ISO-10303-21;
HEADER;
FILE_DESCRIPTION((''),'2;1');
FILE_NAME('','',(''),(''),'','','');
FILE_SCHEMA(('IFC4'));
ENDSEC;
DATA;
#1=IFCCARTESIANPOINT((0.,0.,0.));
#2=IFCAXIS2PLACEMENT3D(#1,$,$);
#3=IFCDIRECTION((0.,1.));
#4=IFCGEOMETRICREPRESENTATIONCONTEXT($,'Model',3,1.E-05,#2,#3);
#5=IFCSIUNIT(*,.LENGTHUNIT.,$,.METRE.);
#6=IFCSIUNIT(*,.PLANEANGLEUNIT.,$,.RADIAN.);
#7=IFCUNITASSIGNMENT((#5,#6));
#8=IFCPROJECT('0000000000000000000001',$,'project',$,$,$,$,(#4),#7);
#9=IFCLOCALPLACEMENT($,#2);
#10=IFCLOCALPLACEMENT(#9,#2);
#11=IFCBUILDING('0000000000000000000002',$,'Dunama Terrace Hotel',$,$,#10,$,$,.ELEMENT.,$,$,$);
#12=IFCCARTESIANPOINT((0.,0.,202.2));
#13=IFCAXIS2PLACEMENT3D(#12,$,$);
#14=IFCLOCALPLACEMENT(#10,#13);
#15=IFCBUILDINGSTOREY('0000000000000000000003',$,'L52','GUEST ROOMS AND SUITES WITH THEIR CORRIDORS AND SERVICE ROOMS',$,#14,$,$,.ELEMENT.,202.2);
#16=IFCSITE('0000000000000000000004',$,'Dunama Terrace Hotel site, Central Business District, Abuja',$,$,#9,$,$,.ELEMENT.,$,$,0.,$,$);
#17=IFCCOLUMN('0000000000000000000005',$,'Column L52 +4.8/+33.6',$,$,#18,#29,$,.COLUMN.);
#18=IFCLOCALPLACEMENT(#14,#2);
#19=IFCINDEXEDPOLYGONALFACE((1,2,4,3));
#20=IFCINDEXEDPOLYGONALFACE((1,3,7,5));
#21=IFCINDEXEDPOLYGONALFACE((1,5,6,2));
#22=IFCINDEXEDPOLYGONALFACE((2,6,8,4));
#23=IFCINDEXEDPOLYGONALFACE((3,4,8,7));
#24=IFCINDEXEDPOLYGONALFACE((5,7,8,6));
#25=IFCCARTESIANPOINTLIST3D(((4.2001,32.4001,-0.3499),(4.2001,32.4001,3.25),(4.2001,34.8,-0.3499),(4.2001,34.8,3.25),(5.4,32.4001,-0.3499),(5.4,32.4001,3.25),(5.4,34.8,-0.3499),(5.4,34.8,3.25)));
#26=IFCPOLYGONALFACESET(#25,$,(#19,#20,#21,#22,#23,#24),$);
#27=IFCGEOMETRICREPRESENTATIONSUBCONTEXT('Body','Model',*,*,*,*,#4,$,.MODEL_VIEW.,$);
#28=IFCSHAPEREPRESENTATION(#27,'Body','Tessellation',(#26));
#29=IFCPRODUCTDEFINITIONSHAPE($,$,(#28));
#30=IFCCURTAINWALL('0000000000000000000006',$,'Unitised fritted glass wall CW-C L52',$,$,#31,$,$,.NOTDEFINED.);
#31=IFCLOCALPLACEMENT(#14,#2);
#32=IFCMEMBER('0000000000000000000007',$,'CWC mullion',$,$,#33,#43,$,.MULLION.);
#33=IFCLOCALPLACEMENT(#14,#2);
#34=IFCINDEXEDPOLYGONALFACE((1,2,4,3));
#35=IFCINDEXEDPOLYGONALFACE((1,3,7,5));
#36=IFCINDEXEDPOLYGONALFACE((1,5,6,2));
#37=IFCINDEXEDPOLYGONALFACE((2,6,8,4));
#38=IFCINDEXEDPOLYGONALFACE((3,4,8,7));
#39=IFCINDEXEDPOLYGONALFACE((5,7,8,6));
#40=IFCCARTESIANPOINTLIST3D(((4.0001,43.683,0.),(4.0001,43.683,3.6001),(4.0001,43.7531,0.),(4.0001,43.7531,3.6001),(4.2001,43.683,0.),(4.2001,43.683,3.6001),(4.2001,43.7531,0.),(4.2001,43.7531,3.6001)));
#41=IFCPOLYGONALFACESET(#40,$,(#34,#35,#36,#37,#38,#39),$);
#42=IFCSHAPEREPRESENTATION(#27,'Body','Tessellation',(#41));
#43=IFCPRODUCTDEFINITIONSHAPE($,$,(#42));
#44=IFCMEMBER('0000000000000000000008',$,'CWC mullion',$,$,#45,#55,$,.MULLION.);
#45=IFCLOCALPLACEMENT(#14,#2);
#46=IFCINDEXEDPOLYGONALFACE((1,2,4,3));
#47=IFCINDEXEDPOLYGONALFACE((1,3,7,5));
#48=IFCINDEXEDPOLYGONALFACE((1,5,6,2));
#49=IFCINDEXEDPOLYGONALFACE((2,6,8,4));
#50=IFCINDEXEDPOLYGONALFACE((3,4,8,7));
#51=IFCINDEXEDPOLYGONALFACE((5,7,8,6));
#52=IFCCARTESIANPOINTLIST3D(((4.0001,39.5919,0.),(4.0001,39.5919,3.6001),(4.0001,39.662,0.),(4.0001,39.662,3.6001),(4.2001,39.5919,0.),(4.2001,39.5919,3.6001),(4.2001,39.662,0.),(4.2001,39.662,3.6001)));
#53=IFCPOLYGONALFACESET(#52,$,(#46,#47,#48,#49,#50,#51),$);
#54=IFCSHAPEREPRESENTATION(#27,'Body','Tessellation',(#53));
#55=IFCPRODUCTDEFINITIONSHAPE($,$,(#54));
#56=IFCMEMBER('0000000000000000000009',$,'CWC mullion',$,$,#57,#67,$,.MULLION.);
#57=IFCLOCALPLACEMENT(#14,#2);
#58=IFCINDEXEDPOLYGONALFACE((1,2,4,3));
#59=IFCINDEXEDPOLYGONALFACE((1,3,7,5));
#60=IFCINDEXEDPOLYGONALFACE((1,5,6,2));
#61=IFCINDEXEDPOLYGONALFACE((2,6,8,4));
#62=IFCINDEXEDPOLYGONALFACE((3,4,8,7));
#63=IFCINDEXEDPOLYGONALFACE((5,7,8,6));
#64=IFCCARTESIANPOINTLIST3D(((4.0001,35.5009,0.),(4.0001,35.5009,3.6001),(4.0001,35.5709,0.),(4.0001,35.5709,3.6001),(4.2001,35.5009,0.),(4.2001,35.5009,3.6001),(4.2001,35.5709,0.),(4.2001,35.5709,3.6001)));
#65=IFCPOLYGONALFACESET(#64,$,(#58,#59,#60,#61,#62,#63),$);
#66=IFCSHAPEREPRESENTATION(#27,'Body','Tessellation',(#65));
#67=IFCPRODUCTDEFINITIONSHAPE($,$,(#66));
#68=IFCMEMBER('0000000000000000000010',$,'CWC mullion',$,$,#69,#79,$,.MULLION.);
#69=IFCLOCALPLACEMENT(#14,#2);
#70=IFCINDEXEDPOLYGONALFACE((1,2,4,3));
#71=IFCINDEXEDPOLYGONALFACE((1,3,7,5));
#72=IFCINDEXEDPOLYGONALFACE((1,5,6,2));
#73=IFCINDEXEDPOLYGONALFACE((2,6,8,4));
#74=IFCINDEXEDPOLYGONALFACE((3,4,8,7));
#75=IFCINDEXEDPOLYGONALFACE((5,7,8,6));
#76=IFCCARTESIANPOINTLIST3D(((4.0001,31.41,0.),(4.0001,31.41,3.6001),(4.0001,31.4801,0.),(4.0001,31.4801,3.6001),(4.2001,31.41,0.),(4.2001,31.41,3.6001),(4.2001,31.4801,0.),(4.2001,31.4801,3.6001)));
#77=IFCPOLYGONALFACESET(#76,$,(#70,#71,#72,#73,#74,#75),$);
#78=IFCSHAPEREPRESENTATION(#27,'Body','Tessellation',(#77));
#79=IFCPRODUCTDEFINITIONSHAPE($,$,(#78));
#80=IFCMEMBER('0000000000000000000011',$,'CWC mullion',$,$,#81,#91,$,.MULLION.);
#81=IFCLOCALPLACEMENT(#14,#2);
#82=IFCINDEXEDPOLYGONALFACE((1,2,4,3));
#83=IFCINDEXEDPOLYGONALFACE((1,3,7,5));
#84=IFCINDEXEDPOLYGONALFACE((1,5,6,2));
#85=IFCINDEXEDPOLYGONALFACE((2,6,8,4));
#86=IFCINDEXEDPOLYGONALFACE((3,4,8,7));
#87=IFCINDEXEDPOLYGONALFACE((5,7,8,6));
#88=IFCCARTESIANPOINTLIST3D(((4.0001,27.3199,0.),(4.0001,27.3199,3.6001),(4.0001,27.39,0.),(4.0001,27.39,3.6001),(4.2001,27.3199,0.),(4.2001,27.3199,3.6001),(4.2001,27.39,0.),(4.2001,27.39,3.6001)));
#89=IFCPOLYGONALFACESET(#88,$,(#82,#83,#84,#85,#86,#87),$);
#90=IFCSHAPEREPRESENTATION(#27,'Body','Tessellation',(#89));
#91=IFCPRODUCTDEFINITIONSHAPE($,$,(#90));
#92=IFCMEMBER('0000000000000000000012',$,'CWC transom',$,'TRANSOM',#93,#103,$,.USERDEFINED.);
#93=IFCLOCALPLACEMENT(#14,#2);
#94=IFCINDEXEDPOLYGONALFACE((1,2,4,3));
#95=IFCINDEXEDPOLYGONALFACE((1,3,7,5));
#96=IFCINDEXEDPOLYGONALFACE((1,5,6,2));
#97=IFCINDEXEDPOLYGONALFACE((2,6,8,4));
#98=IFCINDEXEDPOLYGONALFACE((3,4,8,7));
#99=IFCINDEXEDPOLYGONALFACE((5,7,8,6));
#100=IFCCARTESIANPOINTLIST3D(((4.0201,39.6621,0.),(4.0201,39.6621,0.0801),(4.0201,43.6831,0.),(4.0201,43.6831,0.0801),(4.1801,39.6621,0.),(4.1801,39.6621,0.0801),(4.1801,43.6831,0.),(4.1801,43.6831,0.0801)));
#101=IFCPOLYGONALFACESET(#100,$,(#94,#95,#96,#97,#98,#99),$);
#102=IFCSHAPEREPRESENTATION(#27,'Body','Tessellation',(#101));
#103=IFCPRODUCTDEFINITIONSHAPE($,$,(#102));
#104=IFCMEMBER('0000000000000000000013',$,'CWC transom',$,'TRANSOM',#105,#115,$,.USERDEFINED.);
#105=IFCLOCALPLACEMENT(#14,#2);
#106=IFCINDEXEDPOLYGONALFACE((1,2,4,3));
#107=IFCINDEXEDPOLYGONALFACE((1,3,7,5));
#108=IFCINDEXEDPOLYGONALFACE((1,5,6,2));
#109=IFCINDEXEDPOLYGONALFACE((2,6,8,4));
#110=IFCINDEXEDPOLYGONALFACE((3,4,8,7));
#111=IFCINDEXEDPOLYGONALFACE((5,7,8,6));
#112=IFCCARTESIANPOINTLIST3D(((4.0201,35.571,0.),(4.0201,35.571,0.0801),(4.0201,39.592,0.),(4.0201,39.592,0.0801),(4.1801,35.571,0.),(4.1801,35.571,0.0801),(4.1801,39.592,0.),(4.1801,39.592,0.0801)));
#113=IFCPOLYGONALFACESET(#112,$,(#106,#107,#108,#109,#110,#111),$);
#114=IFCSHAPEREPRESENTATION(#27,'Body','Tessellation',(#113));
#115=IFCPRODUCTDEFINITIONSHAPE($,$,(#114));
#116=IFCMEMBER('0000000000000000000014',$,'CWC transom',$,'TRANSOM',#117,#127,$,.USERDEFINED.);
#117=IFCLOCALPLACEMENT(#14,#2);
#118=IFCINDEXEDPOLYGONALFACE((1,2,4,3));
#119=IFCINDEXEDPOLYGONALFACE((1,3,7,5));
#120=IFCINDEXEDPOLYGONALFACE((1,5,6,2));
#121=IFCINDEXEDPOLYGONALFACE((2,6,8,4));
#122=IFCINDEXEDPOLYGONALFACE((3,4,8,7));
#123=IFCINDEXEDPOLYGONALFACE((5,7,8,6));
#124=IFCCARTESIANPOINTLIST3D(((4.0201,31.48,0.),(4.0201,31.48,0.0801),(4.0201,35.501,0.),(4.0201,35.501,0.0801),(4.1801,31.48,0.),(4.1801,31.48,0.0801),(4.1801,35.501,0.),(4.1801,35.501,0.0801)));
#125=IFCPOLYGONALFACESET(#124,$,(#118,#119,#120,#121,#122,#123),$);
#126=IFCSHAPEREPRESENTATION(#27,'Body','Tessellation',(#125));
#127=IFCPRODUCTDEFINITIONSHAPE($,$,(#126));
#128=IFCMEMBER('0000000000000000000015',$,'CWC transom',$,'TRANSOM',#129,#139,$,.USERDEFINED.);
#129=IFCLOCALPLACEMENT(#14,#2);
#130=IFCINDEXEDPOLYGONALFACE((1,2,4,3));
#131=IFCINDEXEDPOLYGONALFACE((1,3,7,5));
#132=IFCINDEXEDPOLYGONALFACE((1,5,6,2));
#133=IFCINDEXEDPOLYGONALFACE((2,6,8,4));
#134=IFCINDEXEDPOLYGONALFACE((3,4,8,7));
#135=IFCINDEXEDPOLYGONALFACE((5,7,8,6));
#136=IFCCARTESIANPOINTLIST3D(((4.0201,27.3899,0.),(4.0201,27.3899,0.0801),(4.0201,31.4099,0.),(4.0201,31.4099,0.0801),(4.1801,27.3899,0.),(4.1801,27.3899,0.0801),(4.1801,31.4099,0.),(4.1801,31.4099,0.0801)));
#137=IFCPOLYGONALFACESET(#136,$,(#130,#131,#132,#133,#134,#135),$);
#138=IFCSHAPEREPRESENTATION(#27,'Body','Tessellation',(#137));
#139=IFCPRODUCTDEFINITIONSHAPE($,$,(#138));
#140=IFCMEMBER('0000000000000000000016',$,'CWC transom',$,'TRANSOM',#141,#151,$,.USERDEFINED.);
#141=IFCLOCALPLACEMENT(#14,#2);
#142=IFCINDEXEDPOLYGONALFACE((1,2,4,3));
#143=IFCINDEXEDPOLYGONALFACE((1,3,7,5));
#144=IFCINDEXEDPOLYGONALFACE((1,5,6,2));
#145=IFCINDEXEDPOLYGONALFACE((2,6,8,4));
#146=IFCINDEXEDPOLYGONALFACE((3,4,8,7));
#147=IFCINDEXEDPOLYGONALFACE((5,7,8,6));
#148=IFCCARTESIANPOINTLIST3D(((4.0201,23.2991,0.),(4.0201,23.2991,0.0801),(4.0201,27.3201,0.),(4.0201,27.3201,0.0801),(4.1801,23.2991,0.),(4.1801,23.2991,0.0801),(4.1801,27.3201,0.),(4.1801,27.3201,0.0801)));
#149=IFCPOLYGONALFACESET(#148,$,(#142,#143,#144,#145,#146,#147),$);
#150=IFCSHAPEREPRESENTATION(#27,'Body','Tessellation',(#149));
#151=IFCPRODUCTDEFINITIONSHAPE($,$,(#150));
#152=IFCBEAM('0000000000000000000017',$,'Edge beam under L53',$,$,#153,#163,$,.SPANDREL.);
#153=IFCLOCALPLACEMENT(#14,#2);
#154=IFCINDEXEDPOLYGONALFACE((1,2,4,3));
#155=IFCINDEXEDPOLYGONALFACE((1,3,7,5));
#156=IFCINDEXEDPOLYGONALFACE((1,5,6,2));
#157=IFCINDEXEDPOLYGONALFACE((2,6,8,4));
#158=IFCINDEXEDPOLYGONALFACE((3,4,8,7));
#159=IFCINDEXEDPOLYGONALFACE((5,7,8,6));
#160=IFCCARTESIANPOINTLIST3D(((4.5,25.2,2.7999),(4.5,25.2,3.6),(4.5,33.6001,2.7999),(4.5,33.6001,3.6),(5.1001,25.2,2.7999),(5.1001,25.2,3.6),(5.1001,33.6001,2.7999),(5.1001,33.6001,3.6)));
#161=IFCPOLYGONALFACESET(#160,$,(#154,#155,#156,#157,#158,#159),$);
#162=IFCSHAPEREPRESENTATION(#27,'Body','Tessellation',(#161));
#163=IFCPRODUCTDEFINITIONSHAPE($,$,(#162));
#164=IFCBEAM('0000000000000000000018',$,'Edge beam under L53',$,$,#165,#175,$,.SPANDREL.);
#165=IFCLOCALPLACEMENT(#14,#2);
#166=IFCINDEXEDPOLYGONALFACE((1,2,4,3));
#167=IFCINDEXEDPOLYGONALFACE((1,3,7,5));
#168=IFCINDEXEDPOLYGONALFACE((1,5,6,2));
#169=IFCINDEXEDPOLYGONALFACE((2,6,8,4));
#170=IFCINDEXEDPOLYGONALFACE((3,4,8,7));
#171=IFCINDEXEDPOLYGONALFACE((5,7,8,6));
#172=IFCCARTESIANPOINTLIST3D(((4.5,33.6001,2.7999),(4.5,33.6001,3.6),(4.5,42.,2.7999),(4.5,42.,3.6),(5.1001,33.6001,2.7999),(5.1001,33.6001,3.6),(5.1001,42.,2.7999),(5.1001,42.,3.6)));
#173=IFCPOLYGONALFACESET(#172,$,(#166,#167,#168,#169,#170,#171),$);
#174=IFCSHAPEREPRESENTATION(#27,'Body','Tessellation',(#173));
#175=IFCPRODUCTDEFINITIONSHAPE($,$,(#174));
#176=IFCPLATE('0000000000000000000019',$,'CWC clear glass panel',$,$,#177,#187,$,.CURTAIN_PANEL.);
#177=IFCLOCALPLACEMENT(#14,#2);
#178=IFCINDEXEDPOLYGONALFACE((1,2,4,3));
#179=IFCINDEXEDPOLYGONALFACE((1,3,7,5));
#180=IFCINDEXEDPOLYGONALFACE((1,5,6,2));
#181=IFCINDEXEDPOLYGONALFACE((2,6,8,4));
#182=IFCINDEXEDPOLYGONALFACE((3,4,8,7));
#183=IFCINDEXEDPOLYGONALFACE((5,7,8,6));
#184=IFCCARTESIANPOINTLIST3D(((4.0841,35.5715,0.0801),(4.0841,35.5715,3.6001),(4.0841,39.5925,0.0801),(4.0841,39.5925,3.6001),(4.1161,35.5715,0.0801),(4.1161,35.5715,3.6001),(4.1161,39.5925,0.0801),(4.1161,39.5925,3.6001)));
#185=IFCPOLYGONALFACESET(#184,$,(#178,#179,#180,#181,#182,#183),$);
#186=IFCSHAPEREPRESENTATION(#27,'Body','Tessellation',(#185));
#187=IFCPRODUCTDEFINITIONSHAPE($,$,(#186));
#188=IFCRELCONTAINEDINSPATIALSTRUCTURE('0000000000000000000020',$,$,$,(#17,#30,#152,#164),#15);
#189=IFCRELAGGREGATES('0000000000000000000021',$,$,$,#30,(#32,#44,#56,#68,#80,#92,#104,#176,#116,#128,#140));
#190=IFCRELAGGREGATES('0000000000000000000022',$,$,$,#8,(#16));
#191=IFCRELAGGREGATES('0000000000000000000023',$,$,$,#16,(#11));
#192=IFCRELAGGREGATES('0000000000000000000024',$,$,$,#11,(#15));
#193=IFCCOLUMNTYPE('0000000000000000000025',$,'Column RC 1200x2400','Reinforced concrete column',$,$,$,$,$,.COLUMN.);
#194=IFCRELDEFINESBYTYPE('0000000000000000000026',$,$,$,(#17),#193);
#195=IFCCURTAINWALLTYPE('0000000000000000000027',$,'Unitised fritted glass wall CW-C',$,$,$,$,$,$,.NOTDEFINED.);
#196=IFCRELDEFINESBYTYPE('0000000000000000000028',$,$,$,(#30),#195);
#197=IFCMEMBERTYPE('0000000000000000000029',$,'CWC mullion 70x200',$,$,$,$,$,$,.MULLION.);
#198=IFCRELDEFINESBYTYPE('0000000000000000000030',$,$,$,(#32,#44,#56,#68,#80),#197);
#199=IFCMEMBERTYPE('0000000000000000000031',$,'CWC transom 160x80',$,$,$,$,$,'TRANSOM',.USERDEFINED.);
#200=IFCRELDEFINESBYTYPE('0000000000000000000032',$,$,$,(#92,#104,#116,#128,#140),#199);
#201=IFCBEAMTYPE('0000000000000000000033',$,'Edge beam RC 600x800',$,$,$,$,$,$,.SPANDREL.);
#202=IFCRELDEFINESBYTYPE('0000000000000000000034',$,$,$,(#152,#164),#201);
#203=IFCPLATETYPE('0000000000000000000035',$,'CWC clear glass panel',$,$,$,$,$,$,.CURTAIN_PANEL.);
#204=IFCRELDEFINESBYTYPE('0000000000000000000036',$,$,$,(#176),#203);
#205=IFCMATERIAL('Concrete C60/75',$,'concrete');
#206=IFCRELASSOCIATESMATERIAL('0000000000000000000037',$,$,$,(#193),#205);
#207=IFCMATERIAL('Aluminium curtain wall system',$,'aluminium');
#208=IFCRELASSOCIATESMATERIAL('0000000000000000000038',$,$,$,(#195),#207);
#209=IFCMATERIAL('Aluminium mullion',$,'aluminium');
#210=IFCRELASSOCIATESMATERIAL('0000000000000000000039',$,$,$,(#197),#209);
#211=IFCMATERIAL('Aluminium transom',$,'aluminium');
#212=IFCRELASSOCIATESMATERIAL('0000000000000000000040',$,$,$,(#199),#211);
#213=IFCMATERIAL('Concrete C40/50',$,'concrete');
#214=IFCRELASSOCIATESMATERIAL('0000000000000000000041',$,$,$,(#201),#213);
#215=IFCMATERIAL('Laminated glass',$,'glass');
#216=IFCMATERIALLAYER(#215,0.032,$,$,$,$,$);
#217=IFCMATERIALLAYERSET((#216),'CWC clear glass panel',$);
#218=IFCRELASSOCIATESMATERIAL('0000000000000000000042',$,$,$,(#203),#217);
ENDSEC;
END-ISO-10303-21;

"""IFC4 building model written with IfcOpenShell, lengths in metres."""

from ifc_helpers import new_model, si_unit, direction, frame, origin, origin_2d, place, context, subcontext, project, spatial, rectangle, extrude, material, layer, layer_set, material_profile, profile_set, type_object, element, aggregate, save


model = new_model("IFC4")

# Units and contexts
model_context = context("Model", 3, precision=1e-05, world=origin(), true_north=direction((0.0, 1.0)))
body_context = subcontext(model_context, "Body", "Model", "MODEL_VIEW")
ifc_project = project(units=[si_unit("LENGTHUNIT", "METRE"), si_unit("PLANEANGLEUNIT", "RADIAN")], contexts=[model_context])

# Site, building, storey
site_placement = place(None, origin())
site = spatial("IfcSite", under=ifc_project, at=site_placement, Name="Dunama Terrace Hotel site, Central Business District, Abuja", CompositionType="ELEMENT", RefElevation=0.0)
building_placement = place(site_placement, origin())
building = spatial("IfcBuilding", under=site, at=building_placement, Name="Dunama Terrace Hotel", CompositionType="ELEMENT")
storey_placement = place(building_placement, frame((0.0, 0.0, 202.2)))
storey = spatial("IfcBuildingStorey", under=building, at=storey_placement, Name="L52", Description="GUEST ROOMS AND SUITES WITH THEIR CORRIDORS AND SERVICE ROOMS", CompositionType="ELEMENT", Elevation=202.2)

# Column
ifc_material_1 = material(Name="Concrete C60/75", Category="concrete")
ifc_material_profile_1 = material_profile(ifc_material_1, rectangle(XDim=1.2, YDim=2.3999, at=origin_2d()), Name="RC 1200x2400")
ifc_profile_set_1 = profile_set([ifc_material_profile_1], Name="Concrete C60/75")
column_type = type_object("IfcColumnType", Name="Column RC 1200x2400", Description="Reinforced concrete column", PredefinedType="COLUMN", material=ifc_profile_set_1)
column_placement = place(storey_placement, frame((4.8, 33.6001, -0.3499), z_axis=(0.0, 0.0, 1.0), x_axis=(1.0, 0.0, 0.0)))
element("IfcColumn", 1, at=column_placement, inside=storey, type_object=column_type, Name="Column L52 +4.8/+33.6", PredefinedType="COLUMN", context=body_context, shape_type="SweptSolid", body=[
    extrude(rectangle(XDim=1.2, YDim=2.3999, at=origin_2d()), origin(), (0.0, 0.0, 1.0), 3.5999),
])

# Curtain wall, members
ifc_material_2 = material(Name="Aluminium curtain wall system", Category="aluminium")
curtain_wall_type = type_object("IfcCurtainWallType", Name="Unitised fritted glass wall CW-C", PredefinedType="NOTDEFINED", material=ifc_material_2)
curtain_wall_placement = place(storey_placement, origin())
curtain_wall = element("IfcCurtainWall", 2, at=curtain_wall_placement, inside=storey, type_object=curtain_wall_type, Name="Unitised fritted glass wall CW-C L52", PredefinedType="NOTDEFINED")
ifc_material_3 = material(Name="Aluminium mullion", Category="aluminium")
ifc_material_profile_2 = material_profile(ifc_material_3, rectangle(XDim=0.0701, YDim=0.2, at=origin_2d()), Name="CWC MULLION 70X200")
ifc_profile_set_2 = profile_set([ifc_material_profile_2], Name="Aluminium mullion")
member_type_1 = type_object("IfcMemberType", Name="CWC mullion 70x200", PredefinedType="MULLION", material=ifc_profile_set_2)
member_1_placement = place(storey_placement, frame((4.1001, 43.718, 0.0), z_axis=(0.0, 0.0, 1.0), x_axis=(0.0, -1.0, 0.0)))
member_1 = element("IfcMember", 3, at=member_1_placement, type_object=member_type_1, Name="CWC mullion", PredefinedType="MULLION", context=body_context, shape_type="SweptSolid", body=[
    extrude(rectangle(XDim=0.0701, YDim=0.2, at=origin_2d()), origin(), (0.0, 0.0, 1.0), 3.6001),
])
member_2_placement = place(storey_placement, frame((4.1001, 39.627, 0.0), z_axis=(0.0, 0.0, 1.0), x_axis=(0.0, -1.0, 0.0)))
member_2 = element("IfcMember", 4, at=member_2_placement, type_object=member_type_1, Name="CWC mullion", PredefinedType="MULLION", context=body_context, shape_type="SweptSolid", body=[
    extrude(rectangle(XDim=0.0701, YDim=0.2, at=origin_2d()), origin(), (0.0, 0.0, 1.0), 3.6001),
])
member_3_placement = place(storey_placement, frame((4.1001, 35.5359, 0.0), z_axis=(0.0, 0.0, 1.0), x_axis=(0.0, -1.0, 0.0)))
member_3 = element("IfcMember", 5, at=member_3_placement, type_object=member_type_1, Name="CWC mullion", PredefinedType="MULLION", context=body_context, shape_type="SweptSolid", body=[
    extrude(rectangle(XDim=0.0701, YDim=0.2, at=origin_2d()), origin(), (0.0, 0.0, 1.0), 3.6001),
])
member_4_placement = place(storey_placement, frame((4.1001, 31.4451, 0.0), z_axis=(0.0, 0.0, 1.0), x_axis=(0.0, -1.0, 0.0)))
member_4 = element("IfcMember", 6, at=member_4_placement, type_object=member_type_1, Name="CWC mullion", PredefinedType="MULLION", context=body_context, shape_type="SweptSolid", body=[
    extrude(rectangle(XDim=0.0701, YDim=0.2, at=origin_2d()), origin(), (0.0, 0.0, 1.0), 3.6001),
])
member_5_placement = place(storey_placement, frame((4.1001, 27.355, 0.0), z_axis=(0.0, 0.0, 1.0), x_axis=(0.0, -1.0, 0.0)))
member_5 = element("IfcMember", 7, at=member_5_placement, type_object=member_type_1, Name="CWC mullion", PredefinedType="MULLION", context=body_context, shape_type="SweptSolid", body=[
    extrude(rectangle(XDim=0.0701, YDim=0.2, at=origin_2d()), origin(), (0.0, 0.0, 1.0), 3.6001),
])
ifc_material_4 = material(Name="Aluminium transom", Category="aluminium")
ifc_material_profile_3 = material_profile(ifc_material_4, rectangle(XDim=0.1599, YDim=0.0801, at=origin_2d()), Name="CWC TRANSOM 160X80")
ifc_profile_set_3 = profile_set([ifc_material_profile_3], Name="Aluminium transom")
member_type_2 = type_object("IfcMemberType", Name="CWC transom 160x80", ElementType="TRANSOM", PredefinedType="USERDEFINED", material=ifc_profile_set_3)
member_6_placement = place(storey_placement, frame((4.1001, 43.6831, 0.04), z_axis=(0.0, -1.0, 0.0), x_axis=(1.0, 0.0, 0.0)))
member_6 = element("IfcMember", 8, at=member_6_placement, type_object=member_type_2, Name="CWC transom", ObjectType="TRANSOM", PredefinedType="USERDEFINED", context=body_context, shape_type="SweptSolid", body=[
    extrude(rectangle(XDim=0.1599, YDim=0.0801, at=origin_2d()), origin(), (0.0, 0.0, 1.0), 4.021),
])
member_7_placement = place(storey_placement, frame((4.1001, 39.592, 0.04), z_axis=(0.0, -1.0, 0.0), x_axis=(1.0, 0.0, 0.0)))
member_7 = element("IfcMember", 9, at=member_7_placement, type_object=member_type_2, Name="CWC transom", ObjectType="TRANSOM", PredefinedType="USERDEFINED", context=body_context, shape_type="SweptSolid", body=[
    extrude(rectangle(XDim=0.1599, YDim=0.0801, at=origin_2d()), origin(), (0.0, 0.0, 1.0), 4.021),
])
member_8_placement = place(storey_placement, frame((4.1001, 35.501, 0.04), z_axis=(0.0, -1.0, 0.0), x_axis=(1.0, 0.0, 0.0)))
member_8 = element("IfcMember", 10, at=member_8_placement, type_object=member_type_2, Name="CWC transom", ObjectType="TRANSOM", PredefinedType="USERDEFINED", context=body_context, shape_type="SweptSolid", body=[
    extrude(rectangle(XDim=0.1599, YDim=0.0801, at=origin_2d()), origin(), (0.0, 0.0, 1.0), 4.021),
])
member_9_placement = place(storey_placement, frame((4.1001, 31.4099, 0.04), z_axis=(0.0, -1.0, 0.0), x_axis=(1.0, 0.0, 0.0)))
member_9 = element("IfcMember", 11, at=member_9_placement, type_object=member_type_2, Name="CWC transom", ObjectType="TRANSOM", PredefinedType="USERDEFINED", context=body_context, shape_type="SweptSolid", body=[
    extrude(rectangle(XDim=0.1599, YDim=0.0801, at=origin_2d()), origin(), (0.0, 0.0, 1.0), 4.02),
])
member_10_placement = place(storey_placement, frame((4.1001, 27.3201, 0.04), z_axis=(0.0, -1.0, 0.0), x_axis=(1.0, 0.0, 0.0)))
member_10 = element("IfcMember", 12, at=member_10_placement, type_object=member_type_2, Name="CWC transom", ObjectType="TRANSOM", PredefinedType="USERDEFINED", context=body_context, shape_type="SweptSolid", body=[
    extrude(rectangle(XDim=0.1599, YDim=0.0801, at=origin_2d()), origin(), (0.0, 0.0, 1.0), 4.021),
])

# Beams
ifc_material_5 = material(Name="Concrete C40/50", Category="concrete")
ifc_material_profile_4 = material_profile(ifc_material_5, rectangle(XDim=0.6001, YDim=0.8, at=origin_2d()), Name="RC 600x800")
ifc_profile_set_4 = profile_set([ifc_material_profile_4], Name="Concrete C40/50")
beam_type = type_object("IfcBeamType", Name="Edge beam RC 600x800", PredefinedType="SPANDREL", material=ifc_profile_set_4)
beam_1_placement = place(storey_placement, frame((4.8, 25.2, 3.2), z_axis=(0.0, 1.0, 0.0), x_axis=(-1.0, 0.0, 0.0)))
element("IfcBeam", 13, at=beam_1_placement, inside=storey, type_object=beam_type, Name="Edge beam under L53", PredefinedType="SPANDREL", context=body_context, shape_type="SweptSolid", body=[
    extrude(rectangle(XDim=0.6001, YDim=0.8, at=origin_2d()), origin(), (0.0, 0.0, 1.0), 8.4001),
])
beam_2_placement = place(storey_placement, frame((4.8, 33.6001, 3.2), z_axis=(0.0, 1.0, 0.0), x_axis=(-1.0, 0.0, 0.0)))
element("IfcBeam", 14, at=beam_2_placement, inside=storey, type_object=beam_type, Name="Edge beam under L53", PredefinedType="SPANDREL", context=body_context, shape_type="SweptSolid", body=[
    extrude(rectangle(XDim=0.6001, YDim=0.8, at=origin_2d()), origin(), (0.0, 0.0, 1.0), 8.3999),
])

# Plate
ifc_material_6 = material(Name="Laminated glass", Category="glass")
ifc_layer_1 = layer(ifc_material_6, 0.032)
ifc_layer_set_1 = layer_set([ifc_layer_1], Name="CWC clear glass panel")
plate_type_1 = type_object("IfcPlateType", Name="CWC clear glass panel", PredefinedType="CURTAIN_PANEL", material=ifc_layer_set_1)
plate_1_placement = place(storey_placement, frame((4.1001, 37.582, 0.0801), z_axis=(0.0, 0.0, 1.0), x_axis=(0.0, -1.0, 0.0)))
plate_1 = element("IfcPlate", 15, at=plate_1_placement, type_object=plate_type_1, Name="CWC clear glass panel", PredefinedType="CURTAIN_PANEL", context=body_context, shape_type="SweptSolid", body=[
    extrude(rectangle(XDim=4.021, YDim=0.032, at=origin_2d()), origin(), (0.0, 0.0, 1.0), 3.52),
])
aggregate(curtain_wall, [member_1, member_2, member_3, member_4, member_5, member_6, member_7, plate_1, member_8, member_9, member_10])

save(model, "model.ifc")
